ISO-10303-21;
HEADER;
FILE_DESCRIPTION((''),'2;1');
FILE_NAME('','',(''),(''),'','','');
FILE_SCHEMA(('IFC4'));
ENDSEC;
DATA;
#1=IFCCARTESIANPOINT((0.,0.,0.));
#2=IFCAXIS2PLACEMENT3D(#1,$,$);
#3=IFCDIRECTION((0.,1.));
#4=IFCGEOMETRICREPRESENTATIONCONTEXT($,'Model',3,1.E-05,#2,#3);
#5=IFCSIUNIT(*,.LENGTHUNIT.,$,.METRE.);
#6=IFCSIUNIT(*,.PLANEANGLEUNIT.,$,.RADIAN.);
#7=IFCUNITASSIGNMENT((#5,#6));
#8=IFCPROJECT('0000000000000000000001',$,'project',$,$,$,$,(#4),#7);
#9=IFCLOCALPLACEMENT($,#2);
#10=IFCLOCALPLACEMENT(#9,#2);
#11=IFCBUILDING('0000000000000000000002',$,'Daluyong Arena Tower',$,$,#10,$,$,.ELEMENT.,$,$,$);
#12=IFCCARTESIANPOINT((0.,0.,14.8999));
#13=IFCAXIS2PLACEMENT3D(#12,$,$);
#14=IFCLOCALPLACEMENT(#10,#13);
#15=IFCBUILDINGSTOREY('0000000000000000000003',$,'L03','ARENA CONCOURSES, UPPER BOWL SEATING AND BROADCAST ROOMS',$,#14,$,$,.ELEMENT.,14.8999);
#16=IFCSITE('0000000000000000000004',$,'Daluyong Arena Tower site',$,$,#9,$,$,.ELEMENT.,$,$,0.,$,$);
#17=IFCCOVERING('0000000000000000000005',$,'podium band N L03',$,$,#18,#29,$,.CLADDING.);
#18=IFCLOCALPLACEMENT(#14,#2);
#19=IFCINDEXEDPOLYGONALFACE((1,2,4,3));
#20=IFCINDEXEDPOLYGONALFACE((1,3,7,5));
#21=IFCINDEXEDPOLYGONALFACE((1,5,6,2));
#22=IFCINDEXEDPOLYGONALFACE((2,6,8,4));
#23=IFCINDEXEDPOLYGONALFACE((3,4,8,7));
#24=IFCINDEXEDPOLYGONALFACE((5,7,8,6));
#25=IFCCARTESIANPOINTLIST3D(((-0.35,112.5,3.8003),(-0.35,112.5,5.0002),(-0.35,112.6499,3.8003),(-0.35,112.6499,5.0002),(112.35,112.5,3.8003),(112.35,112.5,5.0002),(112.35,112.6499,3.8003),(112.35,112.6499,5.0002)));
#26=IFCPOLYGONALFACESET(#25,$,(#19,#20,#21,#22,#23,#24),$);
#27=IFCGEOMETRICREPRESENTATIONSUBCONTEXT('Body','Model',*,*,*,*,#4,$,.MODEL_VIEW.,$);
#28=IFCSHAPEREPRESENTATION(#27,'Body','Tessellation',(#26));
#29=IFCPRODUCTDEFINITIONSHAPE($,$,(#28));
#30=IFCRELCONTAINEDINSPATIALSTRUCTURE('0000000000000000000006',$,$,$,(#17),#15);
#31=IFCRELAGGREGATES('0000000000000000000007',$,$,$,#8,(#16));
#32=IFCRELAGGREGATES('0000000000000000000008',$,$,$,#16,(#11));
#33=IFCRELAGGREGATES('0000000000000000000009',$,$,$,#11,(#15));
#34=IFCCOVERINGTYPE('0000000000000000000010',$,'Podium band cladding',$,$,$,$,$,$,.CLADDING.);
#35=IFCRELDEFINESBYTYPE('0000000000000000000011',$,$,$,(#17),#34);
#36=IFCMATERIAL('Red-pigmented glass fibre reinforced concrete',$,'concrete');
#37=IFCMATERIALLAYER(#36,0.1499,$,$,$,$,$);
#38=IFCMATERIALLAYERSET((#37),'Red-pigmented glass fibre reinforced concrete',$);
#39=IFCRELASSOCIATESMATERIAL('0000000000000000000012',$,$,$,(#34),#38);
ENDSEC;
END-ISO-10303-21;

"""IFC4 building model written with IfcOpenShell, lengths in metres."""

from ifc_helpers import new_model, si_unit, direction, frame, origin, origin_2d, place, context, subcontext, project, spatial, rectangle, extrude, material, layer, layer_set, type_object, element, save


model = new_model("IFC4")

# Units and contexts
model_context = context("Model", 3, precision=1e-05, world=origin(), true_north=direction((0.0, 1.0)))
body_context = subcontext(model_context, "Body", "Model", "MODEL_VIEW")
ifc_project = project(units=[si_unit("LENGTHUNIT", "METRE"), si_unit("PLANEANGLEUNIT", "RADIAN")], contexts=[model_context])

# Site, building, storey
site_placement = place(None, origin())
site = spatial("IfcSite", under=ifc_project, at=site_placement, Name="Daluyong Arena Tower site", CompositionType="ELEMENT", RefElevation=0.0)
building_placement = place(site_placement, origin())
building = spatial("IfcBuilding", under=site, at=building_placement, Name="Daluyong Arena Tower", CompositionType="ELEMENT")
storey_placement = place(building_placement, frame((0.0, 0.0, 14.8999)))
storey = spatial("IfcBuildingStorey", under=building, at=storey_placement, Name="L03", Description="ARENA CONCOURSES, UPPER BOWL SEATING AND BROADCAST ROOMS", CompositionType="ELEMENT", Elevation=14.8999)

# Covering
ifc_material_1 = material(Name="Red-pigmented glass fibre reinforced concrete", Category="concrete")
ifc_layer = layer(ifc_material_1, 0.1499)
ifc_layer_set = layer_set([ifc_layer], Name="Red-pigmented glass fibre reinforced concrete")
covering_type = type_object("IfcCoveringType", Name="Podium band cladding", PredefinedType="CLADDING", material=ifc_layer_set)
covering_placement = place(storey_placement, frame((56.0, 112.575, 3.8003), z_axis=(0.0, 0.0, 1.0), x_axis=(-1.0, 0.0, 0.0)))
element("IfcCovering", 1, at=covering_placement, inside=storey, type_object=covering_type, Name="podium band N L03", PredefinedType="CLADDING", context=body_context, shape_type="SweptSolid", body=[
    extrude(rectangle(XDim=112.7, YDim=0.1499, at=origin_2d()), origin(), (0.0, 0.0, 1.0), 1.2),
])

save(model, "model.ifc")
